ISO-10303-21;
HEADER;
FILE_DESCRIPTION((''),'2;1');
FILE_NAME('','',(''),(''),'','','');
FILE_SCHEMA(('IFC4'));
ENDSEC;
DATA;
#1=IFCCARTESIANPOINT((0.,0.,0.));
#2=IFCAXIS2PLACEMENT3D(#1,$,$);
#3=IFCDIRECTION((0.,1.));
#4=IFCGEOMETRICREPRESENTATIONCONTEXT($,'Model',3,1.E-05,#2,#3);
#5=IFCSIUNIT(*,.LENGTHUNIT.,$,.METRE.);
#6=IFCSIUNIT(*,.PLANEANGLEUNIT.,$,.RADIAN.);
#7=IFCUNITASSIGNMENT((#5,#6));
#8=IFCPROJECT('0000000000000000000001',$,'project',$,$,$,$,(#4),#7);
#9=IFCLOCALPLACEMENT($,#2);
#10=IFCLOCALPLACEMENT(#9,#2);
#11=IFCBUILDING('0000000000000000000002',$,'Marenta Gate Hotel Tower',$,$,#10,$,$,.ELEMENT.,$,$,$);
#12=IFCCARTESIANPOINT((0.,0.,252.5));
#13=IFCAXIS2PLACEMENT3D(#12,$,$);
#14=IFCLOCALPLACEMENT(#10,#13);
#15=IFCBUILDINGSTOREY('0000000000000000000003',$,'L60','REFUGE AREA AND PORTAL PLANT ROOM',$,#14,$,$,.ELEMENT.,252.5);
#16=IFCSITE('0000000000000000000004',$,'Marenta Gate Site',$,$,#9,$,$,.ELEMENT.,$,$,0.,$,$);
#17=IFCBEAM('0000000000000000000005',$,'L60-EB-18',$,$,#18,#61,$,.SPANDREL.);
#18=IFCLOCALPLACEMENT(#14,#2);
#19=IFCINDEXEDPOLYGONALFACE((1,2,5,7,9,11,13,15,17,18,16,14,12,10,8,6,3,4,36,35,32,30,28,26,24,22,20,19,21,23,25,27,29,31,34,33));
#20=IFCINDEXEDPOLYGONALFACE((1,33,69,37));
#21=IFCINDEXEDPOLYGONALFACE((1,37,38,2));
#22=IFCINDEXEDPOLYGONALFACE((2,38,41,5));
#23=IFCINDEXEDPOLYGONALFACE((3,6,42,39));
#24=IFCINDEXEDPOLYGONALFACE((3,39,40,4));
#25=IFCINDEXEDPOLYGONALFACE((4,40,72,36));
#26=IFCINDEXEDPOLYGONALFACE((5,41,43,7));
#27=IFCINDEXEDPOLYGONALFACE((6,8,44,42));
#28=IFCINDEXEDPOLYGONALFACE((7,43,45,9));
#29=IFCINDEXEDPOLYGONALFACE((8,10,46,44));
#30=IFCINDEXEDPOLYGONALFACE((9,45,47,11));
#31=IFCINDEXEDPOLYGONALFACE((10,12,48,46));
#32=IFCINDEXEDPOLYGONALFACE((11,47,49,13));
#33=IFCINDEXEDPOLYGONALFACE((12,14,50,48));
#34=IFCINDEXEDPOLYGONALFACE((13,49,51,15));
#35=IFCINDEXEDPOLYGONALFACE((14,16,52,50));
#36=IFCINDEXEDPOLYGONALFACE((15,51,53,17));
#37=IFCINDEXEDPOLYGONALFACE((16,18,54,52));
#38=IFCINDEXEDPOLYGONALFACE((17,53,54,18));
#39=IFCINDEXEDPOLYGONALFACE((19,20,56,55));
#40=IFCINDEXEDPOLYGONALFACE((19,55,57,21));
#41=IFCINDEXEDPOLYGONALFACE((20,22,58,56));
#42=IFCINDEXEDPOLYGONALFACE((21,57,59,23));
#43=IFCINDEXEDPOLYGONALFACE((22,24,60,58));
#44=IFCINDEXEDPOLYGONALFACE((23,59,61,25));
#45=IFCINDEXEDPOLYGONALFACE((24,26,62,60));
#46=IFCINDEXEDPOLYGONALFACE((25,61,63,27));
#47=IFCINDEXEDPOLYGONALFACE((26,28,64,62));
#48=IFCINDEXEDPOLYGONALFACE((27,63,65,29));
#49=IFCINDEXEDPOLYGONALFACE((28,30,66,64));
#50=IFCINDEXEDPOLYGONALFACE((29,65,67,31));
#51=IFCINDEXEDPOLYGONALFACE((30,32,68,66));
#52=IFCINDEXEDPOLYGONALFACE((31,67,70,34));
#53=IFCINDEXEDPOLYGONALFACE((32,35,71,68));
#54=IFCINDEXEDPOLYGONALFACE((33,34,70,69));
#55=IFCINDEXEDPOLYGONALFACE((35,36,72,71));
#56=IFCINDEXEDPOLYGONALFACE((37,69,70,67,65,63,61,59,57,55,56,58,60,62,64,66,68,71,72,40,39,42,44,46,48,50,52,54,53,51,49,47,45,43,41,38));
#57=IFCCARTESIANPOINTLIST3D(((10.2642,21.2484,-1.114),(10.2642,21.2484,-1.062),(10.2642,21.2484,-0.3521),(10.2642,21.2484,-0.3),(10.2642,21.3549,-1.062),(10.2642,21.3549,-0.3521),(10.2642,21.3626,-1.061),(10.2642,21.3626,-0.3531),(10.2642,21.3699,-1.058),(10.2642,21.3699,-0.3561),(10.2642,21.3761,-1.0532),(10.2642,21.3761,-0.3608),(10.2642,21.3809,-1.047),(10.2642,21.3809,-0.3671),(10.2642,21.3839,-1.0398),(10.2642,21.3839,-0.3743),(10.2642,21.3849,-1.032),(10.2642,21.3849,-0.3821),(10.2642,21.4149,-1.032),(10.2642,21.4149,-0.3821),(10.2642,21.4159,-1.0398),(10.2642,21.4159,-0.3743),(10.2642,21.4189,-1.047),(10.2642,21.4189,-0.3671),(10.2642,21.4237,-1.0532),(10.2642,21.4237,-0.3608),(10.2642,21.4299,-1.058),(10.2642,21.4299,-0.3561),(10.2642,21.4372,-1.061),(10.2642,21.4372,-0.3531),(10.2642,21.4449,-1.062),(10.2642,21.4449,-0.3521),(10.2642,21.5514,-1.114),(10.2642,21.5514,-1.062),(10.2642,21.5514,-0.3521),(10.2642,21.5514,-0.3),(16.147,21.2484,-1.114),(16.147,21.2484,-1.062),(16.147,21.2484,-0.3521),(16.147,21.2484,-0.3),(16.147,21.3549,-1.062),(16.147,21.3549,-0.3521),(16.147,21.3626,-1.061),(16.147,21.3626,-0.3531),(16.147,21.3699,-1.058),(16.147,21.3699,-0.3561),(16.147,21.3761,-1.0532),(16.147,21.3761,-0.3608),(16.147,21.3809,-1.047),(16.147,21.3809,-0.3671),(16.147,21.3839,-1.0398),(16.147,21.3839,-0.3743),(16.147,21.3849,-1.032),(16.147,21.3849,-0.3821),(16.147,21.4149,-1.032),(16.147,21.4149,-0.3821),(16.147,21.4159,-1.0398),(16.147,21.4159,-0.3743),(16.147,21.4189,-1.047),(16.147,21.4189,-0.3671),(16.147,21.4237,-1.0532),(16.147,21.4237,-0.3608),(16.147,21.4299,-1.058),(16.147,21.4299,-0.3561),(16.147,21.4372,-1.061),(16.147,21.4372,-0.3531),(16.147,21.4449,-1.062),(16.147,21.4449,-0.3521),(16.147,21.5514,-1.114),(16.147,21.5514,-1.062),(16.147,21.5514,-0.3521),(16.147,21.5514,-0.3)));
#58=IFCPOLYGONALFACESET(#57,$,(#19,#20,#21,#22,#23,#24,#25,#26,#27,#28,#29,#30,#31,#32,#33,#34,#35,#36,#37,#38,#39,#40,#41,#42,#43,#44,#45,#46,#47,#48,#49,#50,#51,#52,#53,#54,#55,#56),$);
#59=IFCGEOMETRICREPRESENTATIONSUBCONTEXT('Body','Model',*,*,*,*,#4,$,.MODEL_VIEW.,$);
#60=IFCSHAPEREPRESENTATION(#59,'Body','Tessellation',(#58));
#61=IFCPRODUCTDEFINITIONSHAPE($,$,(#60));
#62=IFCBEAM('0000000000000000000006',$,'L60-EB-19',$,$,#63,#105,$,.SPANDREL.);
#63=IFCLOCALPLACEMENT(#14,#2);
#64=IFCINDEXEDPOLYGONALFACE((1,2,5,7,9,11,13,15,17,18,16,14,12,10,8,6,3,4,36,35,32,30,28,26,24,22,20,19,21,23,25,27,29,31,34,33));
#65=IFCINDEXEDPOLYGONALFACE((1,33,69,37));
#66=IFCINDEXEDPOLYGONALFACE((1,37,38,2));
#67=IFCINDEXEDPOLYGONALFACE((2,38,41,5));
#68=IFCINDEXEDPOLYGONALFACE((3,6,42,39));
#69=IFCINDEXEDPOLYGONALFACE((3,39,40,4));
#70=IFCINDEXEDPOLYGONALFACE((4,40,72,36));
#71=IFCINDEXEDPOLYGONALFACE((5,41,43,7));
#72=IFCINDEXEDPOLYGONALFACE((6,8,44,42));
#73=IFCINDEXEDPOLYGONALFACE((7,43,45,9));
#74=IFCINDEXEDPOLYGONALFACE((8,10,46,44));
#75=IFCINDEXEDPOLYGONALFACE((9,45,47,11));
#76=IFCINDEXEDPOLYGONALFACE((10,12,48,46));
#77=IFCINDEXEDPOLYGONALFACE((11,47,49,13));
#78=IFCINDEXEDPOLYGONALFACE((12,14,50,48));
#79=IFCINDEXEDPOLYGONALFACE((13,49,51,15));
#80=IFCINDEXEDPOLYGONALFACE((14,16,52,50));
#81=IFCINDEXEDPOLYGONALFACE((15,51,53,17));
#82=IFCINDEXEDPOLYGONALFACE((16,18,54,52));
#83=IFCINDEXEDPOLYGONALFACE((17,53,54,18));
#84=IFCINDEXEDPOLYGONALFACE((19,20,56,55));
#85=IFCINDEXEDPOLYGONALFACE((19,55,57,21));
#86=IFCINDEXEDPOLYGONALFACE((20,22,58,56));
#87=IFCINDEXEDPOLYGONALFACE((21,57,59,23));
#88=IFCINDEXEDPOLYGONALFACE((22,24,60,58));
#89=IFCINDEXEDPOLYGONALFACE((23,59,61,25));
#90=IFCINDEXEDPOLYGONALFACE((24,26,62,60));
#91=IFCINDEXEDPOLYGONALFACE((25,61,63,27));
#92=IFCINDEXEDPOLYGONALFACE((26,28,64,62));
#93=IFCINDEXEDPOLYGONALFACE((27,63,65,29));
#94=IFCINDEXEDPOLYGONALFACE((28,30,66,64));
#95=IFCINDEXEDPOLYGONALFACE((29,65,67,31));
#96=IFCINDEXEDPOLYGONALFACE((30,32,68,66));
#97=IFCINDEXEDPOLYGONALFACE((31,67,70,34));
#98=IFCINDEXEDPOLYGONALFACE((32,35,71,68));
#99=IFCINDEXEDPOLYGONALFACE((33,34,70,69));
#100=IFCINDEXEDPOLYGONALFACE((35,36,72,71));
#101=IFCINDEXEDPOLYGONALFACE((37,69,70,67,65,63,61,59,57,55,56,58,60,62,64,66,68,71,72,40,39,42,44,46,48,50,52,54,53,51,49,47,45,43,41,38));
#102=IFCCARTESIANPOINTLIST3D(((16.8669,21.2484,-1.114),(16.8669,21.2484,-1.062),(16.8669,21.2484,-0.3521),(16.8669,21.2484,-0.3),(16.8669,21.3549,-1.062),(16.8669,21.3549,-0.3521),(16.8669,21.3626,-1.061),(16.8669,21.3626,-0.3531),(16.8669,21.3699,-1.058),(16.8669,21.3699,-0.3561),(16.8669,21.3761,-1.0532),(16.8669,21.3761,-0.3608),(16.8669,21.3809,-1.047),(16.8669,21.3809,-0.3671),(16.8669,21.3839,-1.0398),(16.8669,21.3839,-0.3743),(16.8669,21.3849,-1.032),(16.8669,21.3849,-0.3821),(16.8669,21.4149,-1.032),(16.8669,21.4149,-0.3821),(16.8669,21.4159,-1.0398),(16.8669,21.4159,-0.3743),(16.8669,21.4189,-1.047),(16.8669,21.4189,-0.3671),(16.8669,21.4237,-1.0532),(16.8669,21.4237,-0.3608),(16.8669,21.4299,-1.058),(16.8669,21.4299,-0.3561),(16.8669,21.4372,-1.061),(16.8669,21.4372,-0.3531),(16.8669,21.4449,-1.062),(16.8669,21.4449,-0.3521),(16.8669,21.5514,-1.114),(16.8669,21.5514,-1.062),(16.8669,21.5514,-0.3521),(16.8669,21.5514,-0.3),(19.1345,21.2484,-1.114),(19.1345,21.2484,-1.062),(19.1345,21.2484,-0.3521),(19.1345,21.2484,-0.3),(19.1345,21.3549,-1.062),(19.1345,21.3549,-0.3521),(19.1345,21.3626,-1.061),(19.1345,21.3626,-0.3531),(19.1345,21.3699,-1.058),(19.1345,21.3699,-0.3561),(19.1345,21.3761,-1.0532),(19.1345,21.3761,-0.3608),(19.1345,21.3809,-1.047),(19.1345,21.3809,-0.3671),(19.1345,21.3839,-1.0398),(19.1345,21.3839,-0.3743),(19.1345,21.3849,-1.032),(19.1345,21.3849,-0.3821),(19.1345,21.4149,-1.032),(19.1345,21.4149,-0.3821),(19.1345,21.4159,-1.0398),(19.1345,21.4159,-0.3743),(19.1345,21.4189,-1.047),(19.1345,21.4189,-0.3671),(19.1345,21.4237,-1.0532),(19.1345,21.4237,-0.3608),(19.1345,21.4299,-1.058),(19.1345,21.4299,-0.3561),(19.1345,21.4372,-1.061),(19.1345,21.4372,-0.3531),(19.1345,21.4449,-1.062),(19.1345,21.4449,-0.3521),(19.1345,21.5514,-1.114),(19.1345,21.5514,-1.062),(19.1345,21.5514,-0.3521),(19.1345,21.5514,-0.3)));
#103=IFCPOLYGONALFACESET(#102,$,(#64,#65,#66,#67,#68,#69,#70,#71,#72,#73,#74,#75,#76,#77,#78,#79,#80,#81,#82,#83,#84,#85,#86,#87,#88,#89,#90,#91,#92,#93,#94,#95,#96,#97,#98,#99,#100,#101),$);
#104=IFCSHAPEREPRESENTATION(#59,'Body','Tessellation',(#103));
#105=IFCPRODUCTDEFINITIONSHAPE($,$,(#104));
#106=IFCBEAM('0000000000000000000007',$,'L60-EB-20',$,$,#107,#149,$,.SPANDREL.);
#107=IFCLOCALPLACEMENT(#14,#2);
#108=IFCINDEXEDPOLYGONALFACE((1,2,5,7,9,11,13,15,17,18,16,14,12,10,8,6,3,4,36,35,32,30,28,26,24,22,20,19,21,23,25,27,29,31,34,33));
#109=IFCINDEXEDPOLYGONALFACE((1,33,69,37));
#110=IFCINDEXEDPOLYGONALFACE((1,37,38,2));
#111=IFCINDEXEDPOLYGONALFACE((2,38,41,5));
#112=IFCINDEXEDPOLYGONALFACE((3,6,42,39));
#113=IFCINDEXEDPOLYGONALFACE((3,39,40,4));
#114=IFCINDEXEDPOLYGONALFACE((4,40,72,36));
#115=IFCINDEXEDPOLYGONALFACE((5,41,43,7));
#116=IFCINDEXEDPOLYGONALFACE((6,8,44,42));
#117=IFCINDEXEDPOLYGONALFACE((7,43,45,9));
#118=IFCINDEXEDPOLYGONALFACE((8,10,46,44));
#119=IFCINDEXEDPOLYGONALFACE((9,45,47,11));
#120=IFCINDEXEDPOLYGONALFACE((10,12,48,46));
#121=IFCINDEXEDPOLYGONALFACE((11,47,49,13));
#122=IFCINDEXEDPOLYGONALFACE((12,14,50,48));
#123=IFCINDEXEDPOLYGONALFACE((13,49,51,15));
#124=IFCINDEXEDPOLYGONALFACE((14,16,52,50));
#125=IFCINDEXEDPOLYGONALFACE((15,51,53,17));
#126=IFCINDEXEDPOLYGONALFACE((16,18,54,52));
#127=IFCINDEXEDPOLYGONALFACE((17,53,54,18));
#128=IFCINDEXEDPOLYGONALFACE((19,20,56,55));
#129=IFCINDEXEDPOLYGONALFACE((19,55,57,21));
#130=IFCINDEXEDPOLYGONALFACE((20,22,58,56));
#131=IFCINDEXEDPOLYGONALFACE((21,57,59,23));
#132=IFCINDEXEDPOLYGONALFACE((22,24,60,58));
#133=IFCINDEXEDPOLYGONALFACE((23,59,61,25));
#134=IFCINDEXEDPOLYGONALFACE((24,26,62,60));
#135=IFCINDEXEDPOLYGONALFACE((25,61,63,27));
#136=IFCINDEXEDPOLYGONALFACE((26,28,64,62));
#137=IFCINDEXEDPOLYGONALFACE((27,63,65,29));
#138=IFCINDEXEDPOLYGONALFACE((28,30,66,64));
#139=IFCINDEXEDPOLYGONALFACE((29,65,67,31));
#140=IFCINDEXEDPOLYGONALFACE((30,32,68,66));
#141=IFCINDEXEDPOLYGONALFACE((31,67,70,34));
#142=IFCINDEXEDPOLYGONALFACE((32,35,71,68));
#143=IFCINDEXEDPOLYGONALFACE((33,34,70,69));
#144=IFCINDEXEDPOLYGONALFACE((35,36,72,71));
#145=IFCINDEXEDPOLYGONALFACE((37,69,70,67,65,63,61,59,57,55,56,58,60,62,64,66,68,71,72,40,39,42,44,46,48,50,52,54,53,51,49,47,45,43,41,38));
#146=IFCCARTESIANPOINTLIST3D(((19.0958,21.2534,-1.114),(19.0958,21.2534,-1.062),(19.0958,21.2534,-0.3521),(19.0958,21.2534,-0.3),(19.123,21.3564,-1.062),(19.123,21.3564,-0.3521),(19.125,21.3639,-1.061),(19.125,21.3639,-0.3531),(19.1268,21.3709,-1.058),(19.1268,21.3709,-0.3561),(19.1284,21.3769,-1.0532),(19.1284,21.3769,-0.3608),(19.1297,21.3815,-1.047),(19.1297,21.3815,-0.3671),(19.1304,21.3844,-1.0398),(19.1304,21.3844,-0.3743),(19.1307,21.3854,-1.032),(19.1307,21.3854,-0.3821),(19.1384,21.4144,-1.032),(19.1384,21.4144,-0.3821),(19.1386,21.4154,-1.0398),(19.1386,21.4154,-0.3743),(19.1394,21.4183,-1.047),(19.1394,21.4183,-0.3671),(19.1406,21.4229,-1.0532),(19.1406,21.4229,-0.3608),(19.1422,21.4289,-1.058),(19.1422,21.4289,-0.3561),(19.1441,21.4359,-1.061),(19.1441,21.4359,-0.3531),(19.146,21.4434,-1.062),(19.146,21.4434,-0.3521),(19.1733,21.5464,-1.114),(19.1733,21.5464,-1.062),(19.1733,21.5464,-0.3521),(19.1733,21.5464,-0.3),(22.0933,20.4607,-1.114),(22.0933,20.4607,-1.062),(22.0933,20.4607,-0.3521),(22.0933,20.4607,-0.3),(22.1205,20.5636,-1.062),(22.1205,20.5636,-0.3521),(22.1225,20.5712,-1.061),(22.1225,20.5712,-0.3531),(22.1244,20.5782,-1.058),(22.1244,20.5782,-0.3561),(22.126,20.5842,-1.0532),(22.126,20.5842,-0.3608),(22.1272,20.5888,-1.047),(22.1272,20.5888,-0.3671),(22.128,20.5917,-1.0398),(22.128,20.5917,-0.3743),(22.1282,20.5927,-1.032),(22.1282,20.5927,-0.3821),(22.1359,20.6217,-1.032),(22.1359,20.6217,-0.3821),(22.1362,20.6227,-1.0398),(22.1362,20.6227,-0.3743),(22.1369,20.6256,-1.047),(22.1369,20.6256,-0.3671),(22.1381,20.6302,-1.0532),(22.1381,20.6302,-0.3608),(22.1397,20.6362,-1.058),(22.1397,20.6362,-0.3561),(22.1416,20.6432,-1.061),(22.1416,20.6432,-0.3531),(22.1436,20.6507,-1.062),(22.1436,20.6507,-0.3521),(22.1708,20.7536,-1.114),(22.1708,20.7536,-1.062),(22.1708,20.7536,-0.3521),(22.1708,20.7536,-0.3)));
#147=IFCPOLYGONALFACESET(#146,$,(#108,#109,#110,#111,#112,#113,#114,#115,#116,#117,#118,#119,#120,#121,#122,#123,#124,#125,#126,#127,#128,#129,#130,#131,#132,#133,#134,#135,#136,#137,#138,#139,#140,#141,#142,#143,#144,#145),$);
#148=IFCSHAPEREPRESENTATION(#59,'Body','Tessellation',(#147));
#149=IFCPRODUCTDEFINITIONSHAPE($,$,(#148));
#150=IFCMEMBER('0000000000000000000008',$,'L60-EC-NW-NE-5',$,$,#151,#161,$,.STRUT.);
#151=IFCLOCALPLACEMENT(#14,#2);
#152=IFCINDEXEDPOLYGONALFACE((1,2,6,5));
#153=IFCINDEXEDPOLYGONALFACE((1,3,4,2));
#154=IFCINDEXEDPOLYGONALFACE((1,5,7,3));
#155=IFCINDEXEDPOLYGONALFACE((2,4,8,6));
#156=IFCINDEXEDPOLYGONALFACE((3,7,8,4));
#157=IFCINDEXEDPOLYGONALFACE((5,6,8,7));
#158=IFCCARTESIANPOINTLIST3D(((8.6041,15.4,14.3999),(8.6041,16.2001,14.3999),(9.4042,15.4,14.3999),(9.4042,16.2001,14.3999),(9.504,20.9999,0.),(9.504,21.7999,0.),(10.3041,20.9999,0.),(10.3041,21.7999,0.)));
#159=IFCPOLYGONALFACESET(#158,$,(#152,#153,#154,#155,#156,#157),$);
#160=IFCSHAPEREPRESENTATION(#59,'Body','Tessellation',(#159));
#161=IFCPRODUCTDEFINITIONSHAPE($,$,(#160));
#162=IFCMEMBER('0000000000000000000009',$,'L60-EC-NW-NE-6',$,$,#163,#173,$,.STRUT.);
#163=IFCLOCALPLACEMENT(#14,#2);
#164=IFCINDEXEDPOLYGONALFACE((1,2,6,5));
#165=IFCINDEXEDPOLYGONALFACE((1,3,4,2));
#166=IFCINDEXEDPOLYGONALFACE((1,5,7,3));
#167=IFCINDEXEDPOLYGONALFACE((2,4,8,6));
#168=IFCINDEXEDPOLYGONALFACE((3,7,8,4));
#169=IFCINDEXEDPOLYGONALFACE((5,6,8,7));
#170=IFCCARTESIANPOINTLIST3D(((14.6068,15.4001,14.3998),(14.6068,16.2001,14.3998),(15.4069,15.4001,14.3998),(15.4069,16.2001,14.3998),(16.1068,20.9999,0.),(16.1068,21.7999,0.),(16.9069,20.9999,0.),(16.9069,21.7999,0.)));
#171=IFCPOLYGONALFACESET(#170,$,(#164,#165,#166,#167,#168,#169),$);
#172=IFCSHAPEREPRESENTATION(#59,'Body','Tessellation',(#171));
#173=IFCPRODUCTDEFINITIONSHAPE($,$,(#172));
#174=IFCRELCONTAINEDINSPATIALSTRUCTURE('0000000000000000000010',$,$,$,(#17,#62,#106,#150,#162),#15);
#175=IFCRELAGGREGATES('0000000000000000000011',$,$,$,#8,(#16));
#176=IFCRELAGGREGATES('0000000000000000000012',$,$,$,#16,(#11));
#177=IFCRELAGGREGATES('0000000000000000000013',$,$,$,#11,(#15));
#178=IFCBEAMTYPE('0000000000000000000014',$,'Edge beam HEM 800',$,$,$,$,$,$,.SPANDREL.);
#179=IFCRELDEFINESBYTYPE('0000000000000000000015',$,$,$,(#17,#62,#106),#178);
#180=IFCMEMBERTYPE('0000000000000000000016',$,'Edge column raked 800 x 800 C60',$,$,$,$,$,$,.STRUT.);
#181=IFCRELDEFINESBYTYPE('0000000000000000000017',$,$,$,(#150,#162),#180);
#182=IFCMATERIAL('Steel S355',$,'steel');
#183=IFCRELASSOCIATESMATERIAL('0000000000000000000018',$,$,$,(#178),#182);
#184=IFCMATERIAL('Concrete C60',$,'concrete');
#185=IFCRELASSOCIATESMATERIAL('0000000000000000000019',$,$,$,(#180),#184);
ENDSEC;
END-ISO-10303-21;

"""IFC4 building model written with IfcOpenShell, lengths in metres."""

from ifc_helpers import new_model, si_unit, direction, frame, origin, origin_2d, place, context, subcontext, project, spatial, rectangle, i_section, extrude, material, material_profile, profile_set, type_object, element, save


model = new_model("IFC4")

# Units and contexts
model_context = context("Model", 3, precision=1e-05, world=origin(), true_north=direction((0.0, 1.0)))
body_context = subcontext(model_context, "Body", "Model", "MODEL_VIEW")
ifc_project = project(units=[si_unit("LENGTHUNIT", "METRE"), si_unit("PLANEANGLEUNIT", "RADIAN")], contexts=[model_context])

# Site, building, storey
site_placement = place(None, origin())
site = spatial("IfcSite", under=ifc_project, at=site_placement, Name="Marenta Gate Site", CompositionType="ELEMENT", RefElevation=0.0)
building_placement = place(site_placement, origin())
building = spatial("IfcBuilding", under=site, at=building_placement, Name="Marenta Gate Hotel Tower", CompositionType="ELEMENT")
storey_placement = place(building_placement, frame((0.0, 0.0, 252.5)))
storey = spatial("IfcBuildingStorey", under=building, at=storey_placement, Name="L60", Description="REFUGE AREA AND PORTAL PLANT ROOM", CompositionType="ELEMENT", Elevation=252.5)

# Beams
ifc_material_1 = material(Name="Steel S355", Category="steel")
ifc_material_profile_1 = material_profile(ifc_material_1, i_section(OverallWidth=0.303, OverallDepth=0.814, WebThickness=0.03, FlangeThickness=0.052, FilletRadius=0.03, at=origin_2d()), Name="HEM 800")
ifc_profile_set_1 = profile_set([ifc_material_profile_1], Name="Steel S355")
beam_type_1 = type_object("IfcBeamType", Name="Edge beam HEM 800", PredefinedType="SPANDREL", material=ifc_profile_set_1)
beam_1_placement = place(storey_placement, frame((10.2642, 21.3999, -0.707), z_axis=(1.0, 0.0, 0.0), x_axis=(0.0, 1.0, 0.0)))
element("IfcBeam", 1, at=beam_1_placement, inside=storey, type_object=beam_type_1, Name="L60-EB-18", PredefinedType="SPANDREL", context=body_context, shape_type="SweptSolid", body=[
    extrude(i_section(OverallWidth=0.303, OverallDepth=0.814, WebThickness=0.03, FlangeThickness=0.052, FilletRadius=0.03, at=origin_2d()), origin(), (0.0, 0.0, 1.0), 5.8828),
])
beam_2_placement = place(storey_placement, frame((16.8669, 21.3999, -0.707), z_axis=(1.0, 0.0, 0.0), x_axis=(0.0, 1.0, 0.0)))
element("IfcBeam", 2, at=beam_2_placement, inside=storey, type_object=beam_type_1, Name="L60-EB-19", PredefinedType="SPANDREL", context=body_context, shape_type="SweptSolid", body=[
    extrude(i_section(OverallWidth=0.303, OverallDepth=0.814, WebThickness=0.03, FlangeThickness=0.052, FilletRadius=0.03, at=origin_2d()), origin(), (0.0, 0.0, 1.0), 2.2676),
])
beam_3_placement = place(storey_placement, frame((19.1345, 21.3999, -0.707), z_axis=(0.966765, -0.255667, 0.0), x_axis=(0.255667, 0.966765, 0.0)))
element("IfcBeam", 3, at=beam_3_placement, inside=storey, type_object=beam_type_1, Name="L60-EB-20", PredefinedType="SPANDREL", context=body_context, shape_type="SweptSolid", body=[
    extrude(i_section(OverallWidth=0.303, OverallDepth=0.814, WebThickness=0.03, FlangeThickness=0.052, FilletRadius=0.03, at=origin_2d()), origin(), (0.0, 0.0, 1.0), 3.1006),
])

# Members
ifc_material_2 = material(Name="Concrete C60", Category="concrete")
ifc_material_profile_2 = material_profile(ifc_material_2, rectangle(XDim=0.8, YDim=0.8, at=origin_2d()), Name="800 x 800")
ifc_profile_set_2 = profile_set([ifc_material_profile_2], Name="Concrete C60")
member_type = type_object("IfcMemberType", Name="Edge column raked 800 x 800 C60", PredefinedType="STRUT", material=ifc_profile_set_2)
member_1_placement = place(storey_placement, frame((9.9041, 21.3999, 0.0), z_axis=(0.0, 0.0, 1.0), x_axis=(1.0, 0.0, 0.0)))
element("IfcMember", 4, at=member_1_placement, inside=storey, type_object=member_type, Name="L60-EC-NW-NE-5", PredefinedType="STRUT", context=body_context, shape_type="SweptSolid", body=[
    extrude(rectangle(XDim=0.8, YDim=0.8, at=origin_2d()), origin(), (-0.058146, -0.361827, 0.93043), 15.4766),
])
member_2_placement = place(storey_placement, frame((16.5068, 21.3999, 0.0), z_axis=(0.0, 0.0, 1.0), x_axis=(1.0, 0.0, 0.0)))
element("IfcMember", 5, at=member_2_placement, inside=storey, type_object=member_type, Name="L60-EC-NW-NE-6", PredefinedType="STRUT", context=body_context, shape_type="SweptSolid", body=[
    extrude(rectangle(XDim=0.8, YDim=0.8, at=origin_2d()), origin(), (-0.09663, -0.360744, 0.927646), 15.5229),
])

save(model, "model.ifc")
